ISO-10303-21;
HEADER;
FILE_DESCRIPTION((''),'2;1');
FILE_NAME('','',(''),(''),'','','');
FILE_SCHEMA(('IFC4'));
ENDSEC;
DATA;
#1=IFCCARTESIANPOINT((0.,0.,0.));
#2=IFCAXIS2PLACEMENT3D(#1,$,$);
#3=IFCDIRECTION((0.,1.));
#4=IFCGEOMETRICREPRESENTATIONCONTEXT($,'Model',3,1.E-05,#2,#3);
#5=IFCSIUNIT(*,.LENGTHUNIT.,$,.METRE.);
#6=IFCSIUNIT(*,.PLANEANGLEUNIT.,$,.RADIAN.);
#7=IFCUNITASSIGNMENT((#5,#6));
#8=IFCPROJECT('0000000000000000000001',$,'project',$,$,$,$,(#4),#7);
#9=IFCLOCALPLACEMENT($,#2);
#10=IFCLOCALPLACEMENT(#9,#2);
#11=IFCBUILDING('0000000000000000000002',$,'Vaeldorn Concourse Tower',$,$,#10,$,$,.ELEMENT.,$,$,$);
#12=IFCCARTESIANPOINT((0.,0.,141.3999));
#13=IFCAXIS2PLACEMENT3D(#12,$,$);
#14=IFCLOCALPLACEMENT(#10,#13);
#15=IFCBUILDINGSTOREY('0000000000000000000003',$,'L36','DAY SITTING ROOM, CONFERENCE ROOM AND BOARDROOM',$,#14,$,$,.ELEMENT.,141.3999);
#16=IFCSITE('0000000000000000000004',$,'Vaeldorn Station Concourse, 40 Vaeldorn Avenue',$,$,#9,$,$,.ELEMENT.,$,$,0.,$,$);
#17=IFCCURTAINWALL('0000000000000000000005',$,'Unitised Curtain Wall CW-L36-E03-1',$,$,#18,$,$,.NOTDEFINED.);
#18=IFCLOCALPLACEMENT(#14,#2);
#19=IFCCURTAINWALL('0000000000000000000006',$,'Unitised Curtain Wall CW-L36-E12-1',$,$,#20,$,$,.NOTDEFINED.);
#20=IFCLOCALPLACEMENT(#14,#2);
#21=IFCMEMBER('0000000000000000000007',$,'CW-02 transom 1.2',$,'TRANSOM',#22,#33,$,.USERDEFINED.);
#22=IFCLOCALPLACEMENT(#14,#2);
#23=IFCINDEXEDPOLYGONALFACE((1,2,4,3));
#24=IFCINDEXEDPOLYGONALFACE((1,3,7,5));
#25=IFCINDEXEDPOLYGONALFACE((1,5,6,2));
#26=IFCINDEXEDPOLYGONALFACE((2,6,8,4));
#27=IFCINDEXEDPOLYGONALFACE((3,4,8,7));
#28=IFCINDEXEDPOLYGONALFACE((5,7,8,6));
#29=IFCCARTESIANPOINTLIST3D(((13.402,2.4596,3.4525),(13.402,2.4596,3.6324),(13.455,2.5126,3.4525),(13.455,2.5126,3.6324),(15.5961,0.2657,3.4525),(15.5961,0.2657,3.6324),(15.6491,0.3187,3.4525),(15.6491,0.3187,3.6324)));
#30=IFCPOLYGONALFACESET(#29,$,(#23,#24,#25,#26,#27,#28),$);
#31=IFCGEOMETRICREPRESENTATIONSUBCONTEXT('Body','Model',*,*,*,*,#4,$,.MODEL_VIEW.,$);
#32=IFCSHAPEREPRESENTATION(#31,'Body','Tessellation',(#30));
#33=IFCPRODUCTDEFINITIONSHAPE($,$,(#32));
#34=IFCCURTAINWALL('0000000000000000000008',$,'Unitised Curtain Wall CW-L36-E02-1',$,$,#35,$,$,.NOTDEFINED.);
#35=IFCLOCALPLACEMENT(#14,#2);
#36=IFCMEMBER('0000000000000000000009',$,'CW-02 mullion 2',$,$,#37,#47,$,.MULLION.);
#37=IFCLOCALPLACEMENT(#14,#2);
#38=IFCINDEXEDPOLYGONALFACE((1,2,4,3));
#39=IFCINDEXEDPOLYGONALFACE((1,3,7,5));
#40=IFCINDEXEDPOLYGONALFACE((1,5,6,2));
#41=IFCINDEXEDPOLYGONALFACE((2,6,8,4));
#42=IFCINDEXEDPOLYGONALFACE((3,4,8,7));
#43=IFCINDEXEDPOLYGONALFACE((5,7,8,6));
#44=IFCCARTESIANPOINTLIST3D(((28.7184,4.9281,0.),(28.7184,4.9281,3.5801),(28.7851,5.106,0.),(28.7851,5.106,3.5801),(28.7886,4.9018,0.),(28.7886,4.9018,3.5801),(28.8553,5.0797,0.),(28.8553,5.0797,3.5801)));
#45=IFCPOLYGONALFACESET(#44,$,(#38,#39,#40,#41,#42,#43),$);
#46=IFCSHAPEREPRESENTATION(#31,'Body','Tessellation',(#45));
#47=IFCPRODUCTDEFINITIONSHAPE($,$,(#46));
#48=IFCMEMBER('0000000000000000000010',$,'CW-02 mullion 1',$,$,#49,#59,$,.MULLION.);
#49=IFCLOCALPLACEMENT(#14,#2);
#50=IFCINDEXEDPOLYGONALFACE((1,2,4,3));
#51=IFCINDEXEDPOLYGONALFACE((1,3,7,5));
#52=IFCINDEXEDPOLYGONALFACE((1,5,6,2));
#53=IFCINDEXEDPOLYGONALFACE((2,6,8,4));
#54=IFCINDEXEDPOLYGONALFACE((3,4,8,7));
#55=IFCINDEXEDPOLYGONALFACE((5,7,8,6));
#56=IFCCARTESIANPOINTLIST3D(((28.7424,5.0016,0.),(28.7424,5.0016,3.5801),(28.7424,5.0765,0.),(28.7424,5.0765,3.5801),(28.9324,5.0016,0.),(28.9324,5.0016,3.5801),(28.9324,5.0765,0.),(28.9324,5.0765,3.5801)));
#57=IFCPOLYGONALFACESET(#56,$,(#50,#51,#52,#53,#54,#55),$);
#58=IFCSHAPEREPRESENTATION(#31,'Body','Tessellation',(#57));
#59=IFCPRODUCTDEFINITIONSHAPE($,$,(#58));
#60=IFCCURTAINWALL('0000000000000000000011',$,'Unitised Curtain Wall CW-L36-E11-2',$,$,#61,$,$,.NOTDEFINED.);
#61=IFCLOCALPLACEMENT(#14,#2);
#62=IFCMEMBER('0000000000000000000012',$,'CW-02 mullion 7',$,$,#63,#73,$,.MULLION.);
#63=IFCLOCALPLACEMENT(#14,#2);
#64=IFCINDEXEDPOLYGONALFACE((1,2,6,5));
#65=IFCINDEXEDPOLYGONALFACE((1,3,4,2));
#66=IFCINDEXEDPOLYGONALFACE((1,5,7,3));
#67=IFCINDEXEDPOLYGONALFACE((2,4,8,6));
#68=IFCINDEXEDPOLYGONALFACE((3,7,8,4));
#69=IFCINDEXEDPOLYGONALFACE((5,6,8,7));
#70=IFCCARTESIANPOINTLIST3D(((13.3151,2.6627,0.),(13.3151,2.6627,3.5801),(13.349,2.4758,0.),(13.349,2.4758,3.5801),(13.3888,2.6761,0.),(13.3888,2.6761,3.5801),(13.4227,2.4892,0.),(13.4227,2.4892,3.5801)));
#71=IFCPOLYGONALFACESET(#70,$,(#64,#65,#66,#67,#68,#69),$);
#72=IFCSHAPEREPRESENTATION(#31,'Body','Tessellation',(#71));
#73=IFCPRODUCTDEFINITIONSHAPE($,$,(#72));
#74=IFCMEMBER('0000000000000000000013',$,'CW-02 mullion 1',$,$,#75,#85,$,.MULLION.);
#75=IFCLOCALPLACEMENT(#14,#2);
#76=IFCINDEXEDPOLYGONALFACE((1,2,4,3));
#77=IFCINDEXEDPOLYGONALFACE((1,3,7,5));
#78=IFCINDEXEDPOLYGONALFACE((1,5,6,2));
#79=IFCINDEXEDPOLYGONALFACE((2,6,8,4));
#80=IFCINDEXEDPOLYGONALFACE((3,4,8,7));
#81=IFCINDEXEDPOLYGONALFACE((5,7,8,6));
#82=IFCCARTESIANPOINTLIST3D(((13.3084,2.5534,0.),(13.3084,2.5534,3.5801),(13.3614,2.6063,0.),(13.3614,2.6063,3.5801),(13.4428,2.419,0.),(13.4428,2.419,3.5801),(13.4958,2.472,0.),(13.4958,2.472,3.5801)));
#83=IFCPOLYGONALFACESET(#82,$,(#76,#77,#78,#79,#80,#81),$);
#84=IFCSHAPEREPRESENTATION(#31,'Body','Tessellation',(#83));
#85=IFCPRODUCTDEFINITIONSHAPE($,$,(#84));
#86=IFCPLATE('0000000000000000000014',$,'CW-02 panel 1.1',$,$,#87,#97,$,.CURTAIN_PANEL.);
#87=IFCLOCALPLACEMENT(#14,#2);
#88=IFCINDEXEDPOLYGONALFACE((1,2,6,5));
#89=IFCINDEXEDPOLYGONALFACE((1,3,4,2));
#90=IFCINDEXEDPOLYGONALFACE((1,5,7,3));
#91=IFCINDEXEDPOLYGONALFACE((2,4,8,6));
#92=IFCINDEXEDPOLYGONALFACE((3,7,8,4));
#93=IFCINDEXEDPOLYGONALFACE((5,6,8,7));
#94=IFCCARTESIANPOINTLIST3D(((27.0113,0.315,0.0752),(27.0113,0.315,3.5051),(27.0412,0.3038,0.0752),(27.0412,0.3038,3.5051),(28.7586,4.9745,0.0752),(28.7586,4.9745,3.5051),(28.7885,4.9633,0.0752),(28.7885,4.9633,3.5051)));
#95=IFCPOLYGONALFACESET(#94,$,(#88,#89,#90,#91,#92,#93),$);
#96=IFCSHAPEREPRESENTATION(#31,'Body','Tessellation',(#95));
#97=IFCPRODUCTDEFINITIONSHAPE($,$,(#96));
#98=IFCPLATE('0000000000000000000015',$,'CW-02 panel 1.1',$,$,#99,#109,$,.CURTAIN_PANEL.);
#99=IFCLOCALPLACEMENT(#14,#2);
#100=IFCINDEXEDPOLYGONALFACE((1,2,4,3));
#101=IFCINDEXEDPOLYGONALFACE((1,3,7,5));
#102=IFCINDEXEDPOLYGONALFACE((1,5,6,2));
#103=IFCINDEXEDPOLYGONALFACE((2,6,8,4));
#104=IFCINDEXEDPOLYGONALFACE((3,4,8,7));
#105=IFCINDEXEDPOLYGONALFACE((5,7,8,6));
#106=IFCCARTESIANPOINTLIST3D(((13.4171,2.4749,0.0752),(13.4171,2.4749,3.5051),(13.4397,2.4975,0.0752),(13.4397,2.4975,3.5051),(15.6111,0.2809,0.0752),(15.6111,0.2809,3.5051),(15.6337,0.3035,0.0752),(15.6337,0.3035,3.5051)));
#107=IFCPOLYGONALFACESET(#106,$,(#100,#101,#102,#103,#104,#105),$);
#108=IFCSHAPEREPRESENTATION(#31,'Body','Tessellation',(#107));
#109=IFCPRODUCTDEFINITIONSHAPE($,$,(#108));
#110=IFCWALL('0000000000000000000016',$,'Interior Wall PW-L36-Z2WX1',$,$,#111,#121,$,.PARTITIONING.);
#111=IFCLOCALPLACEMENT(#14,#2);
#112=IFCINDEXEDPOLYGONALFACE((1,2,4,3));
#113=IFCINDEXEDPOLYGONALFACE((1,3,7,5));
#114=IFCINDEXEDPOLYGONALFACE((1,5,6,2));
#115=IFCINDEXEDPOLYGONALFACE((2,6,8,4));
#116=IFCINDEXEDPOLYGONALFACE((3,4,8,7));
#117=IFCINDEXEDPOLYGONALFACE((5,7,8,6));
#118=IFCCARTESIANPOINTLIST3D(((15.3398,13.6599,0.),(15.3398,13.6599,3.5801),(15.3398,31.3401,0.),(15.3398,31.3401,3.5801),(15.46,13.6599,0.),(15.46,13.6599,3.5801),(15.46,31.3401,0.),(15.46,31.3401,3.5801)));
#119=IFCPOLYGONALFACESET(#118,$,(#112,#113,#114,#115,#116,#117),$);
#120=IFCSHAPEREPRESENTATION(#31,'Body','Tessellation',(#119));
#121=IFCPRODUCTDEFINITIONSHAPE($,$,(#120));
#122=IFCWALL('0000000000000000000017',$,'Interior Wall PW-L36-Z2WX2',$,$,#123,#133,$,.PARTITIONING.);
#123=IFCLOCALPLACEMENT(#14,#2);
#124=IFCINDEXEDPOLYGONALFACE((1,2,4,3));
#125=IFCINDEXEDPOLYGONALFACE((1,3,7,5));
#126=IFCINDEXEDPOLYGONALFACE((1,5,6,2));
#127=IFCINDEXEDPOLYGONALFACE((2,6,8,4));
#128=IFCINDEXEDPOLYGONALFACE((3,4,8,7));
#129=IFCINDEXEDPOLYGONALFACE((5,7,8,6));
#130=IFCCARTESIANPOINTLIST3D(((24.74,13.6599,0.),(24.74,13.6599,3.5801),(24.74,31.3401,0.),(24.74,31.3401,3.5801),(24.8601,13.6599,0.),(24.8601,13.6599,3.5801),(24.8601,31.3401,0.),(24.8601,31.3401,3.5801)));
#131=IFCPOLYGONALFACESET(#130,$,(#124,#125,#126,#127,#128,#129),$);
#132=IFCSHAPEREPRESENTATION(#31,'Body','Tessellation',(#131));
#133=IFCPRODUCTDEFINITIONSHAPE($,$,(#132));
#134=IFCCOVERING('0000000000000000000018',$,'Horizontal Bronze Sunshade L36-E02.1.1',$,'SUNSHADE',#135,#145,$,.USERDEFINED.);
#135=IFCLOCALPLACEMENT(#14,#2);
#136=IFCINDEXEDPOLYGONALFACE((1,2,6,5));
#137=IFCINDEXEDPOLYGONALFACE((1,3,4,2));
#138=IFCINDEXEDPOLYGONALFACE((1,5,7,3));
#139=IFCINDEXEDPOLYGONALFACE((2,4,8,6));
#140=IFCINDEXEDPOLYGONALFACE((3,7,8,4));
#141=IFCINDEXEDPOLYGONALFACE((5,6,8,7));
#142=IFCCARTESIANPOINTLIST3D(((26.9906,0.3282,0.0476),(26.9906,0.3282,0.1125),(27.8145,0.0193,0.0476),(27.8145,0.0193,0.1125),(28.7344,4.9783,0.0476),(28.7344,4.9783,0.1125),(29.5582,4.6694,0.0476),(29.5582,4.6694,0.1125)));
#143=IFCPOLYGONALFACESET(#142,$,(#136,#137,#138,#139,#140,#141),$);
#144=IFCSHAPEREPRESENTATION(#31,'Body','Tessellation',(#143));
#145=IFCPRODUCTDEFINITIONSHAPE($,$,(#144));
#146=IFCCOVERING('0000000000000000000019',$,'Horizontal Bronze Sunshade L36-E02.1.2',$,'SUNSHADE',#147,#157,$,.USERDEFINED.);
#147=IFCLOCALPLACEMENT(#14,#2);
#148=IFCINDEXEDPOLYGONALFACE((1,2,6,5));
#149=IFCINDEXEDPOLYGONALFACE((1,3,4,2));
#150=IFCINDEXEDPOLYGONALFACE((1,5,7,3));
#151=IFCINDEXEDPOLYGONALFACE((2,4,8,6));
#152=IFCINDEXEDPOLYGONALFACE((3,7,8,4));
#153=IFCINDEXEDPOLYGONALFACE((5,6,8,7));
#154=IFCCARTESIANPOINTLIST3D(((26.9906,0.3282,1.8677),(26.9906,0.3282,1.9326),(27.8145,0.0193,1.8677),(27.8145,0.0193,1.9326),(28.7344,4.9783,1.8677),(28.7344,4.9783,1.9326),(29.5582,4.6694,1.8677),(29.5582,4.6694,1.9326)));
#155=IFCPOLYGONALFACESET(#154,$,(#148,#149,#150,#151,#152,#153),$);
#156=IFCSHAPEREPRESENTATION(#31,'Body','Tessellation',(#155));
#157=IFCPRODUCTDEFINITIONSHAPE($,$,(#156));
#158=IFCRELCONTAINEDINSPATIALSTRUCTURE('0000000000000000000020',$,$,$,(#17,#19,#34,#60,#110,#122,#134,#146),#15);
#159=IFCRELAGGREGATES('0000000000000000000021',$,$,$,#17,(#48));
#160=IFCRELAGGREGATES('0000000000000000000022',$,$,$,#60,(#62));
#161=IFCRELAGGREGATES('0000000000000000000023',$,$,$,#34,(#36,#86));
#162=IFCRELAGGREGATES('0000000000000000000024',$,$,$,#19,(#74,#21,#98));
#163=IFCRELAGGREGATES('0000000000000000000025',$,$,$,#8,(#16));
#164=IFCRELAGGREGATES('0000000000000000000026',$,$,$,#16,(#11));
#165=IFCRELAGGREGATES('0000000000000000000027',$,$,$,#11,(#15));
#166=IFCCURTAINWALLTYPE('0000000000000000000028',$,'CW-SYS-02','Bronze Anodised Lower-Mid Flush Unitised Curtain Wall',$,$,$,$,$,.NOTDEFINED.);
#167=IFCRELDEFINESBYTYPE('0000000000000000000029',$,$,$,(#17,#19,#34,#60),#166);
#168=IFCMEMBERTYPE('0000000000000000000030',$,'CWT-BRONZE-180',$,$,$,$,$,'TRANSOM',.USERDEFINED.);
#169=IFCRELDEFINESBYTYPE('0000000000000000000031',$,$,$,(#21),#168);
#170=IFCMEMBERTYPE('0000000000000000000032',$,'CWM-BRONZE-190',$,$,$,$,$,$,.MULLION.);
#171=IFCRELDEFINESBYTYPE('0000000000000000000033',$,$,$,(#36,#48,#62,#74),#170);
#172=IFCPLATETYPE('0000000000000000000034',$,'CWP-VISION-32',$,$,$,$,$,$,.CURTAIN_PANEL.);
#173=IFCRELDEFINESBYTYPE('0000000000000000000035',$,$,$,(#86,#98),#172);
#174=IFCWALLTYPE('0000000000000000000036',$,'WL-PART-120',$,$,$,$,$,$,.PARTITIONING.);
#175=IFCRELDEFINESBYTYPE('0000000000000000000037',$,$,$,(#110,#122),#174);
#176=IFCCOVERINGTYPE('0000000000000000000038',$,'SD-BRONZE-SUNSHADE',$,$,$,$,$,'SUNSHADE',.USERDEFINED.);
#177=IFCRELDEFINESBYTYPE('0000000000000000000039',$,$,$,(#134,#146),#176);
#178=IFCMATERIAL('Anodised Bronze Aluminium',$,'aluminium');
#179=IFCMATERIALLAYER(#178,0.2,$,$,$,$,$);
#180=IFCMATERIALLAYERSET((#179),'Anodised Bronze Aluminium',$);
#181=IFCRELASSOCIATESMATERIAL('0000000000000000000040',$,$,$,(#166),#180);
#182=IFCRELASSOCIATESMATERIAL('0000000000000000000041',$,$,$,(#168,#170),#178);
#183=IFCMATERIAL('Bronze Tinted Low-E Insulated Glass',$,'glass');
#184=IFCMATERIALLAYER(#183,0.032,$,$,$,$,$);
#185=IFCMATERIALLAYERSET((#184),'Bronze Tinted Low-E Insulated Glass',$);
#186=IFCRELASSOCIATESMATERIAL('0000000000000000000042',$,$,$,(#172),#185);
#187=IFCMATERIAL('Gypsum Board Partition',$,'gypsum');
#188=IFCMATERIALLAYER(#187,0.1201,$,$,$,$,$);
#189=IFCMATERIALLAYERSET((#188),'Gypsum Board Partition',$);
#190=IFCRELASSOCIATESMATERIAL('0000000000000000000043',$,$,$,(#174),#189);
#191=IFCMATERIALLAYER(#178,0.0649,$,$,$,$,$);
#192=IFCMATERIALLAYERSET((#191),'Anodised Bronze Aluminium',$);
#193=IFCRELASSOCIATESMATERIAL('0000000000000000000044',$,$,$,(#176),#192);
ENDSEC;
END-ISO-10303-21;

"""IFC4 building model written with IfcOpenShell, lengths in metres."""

from ifc_helpers import new_model, si_unit, direction, frame, frame_2d, origin, origin_2d, place, context, subcontext, project, spatial, rectangle, extrude, source, transform, mapped, material, layer, layer_set, material_profile, profile_set, type_object, element, aggregate, save


model = new_model("IFC4")

# Units and contexts
model_context = context("Model", 3, precision=1e-05, world=origin(), true_north=direction((0.0, 1.0)))
body_context = subcontext(model_context, "Body", "Model", "MODEL_VIEW")
ifc_project = project(units=[si_unit("LENGTHUNIT", "METRE"), si_unit("PLANEANGLEUNIT", "RADIAN")], contexts=[model_context])

# Site, building, storey
site_placement = place(None, origin())
site = spatial("IfcSite", under=ifc_project, at=site_placement, Name="Vaeldorn Station Concourse, 40 Vaeldorn Avenue", CompositionType="ELEMENT", RefElevation=0.0)
building_placement = place(site_placement, origin())
building = spatial("IfcBuilding", under=site, at=building_placement, Name="Vaeldorn Concourse Tower", CompositionType="ELEMENT")
storey_placement = place(building_placement, frame((0.0, 0.0, 141.3999)))
storey = spatial("IfcBuildingStorey", under=building, at=storey_placement, Name="L36", Description="DAY SITTING ROOM, CONFERENCE ROOM AND BOARDROOM", CompositionType="ELEMENT", Elevation=141.3999)

# Curtain walls, member
ifc_material_1 = material(Name="Anodised Bronze Aluminium", Category="aluminium")
ifc_layer_1 = layer(ifc_material_1, 0.2)
ifc_layer_set_1 = layer_set([ifc_layer_1], Name="Anodised Bronze Aluminium")
curtain_wall_type = type_object("IfcCurtainWallType", Name="CW-SYS-02", Description="Bronze Anodised Lower-Mid Flush Unitised Curtain Wall", PredefinedType="NOTDEFINED", material=ifc_layer_set_1)
curtain_wall_1_placement = place(storey_placement, origin())
curtain_wall_1 = element("IfcCurtainWall", 1, at=curtain_wall_1_placement, inside=storey, type_object=curtain_wall_type, Name="Unitised Curtain Wall CW-L36-E03-1", PredefinedType="NOTDEFINED")
ifc_material_profile_1 = material_profile(ifc_material_1, rectangle(XDim=0.075, YDim=0.1799, at=origin_2d()), Name="CWT 75x180")
ifc_profile_set_1 = profile_set([ifc_material_profile_1], Name="Anodised Bronze Aluminium")
member_type_1 = type_object("IfcMemberType", Name="CWT-BRONZE-180", ElementType="TRANSOM", PredefinedType="USERDEFINED", material=ifc_profile_set_1)
curtain_wall_2_placement = place(storey_placement, origin())
curtain_wall_2 = element("IfcCurtainWall", 2, at=curtain_wall_2_placement, inside=storey, type_object=curtain_wall_type, Name="Unitised Curtain Wall CW-L36-E12-1", PredefinedType="NOTDEFINED")
shared_shape_1 = source(origin(), body_context, "Body", "SweptSolid", [
    extrude(rectangle(XDim=0.075, YDim=0.1799, at=origin_2d()), origin(), (0.0, 0.0, 1.0), 3.1028),
])
member_1_placement = place(storey_placement, frame((13.4285, 2.4861, 3.5425), z_axis=(0.707146, -0.707067, 0.0), x_axis=(0.707067, 0.707146, 0.0)))
member_1 = element("IfcMember", 3, at=member_1_placement, type_object=member_type_1, Name="CW-02 transom 1.2", ObjectType="TRANSOM", PredefinedType="USERDEFINED", context=body_context, shape_type="MappedRepresentation", body=[
    mapped(shared_shape_1, transform((0.0, 0.0, 0.0), scale=1.0)),
])

# Curtain wall, member
curtain_wall_3_placement = place(storey_placement, origin())
curtain_wall_3 = element("IfcCurtainWall", 4, at=curtain_wall_3_placement, inside=storey, type_object=curtain_wall_type, Name="Unitised Curtain Wall CW-L36-E02-1", PredefinedType="NOTDEFINED")
ifc_material_profile_2 = material_profile(ifc_material_1, rectangle(XDim=0.075, YDim=0.1899, at=origin_2d()), Name="CWM 75x190")
ifc_profile_set_2 = profile_set([ifc_material_profile_2], Name="Anodised Bronze Aluminium")
member_type_2 = type_object("IfcMemberType", Name="CWM-BRONZE-190", PredefinedType="MULLION", material=ifc_profile_set_2)
shared_shape_2 = source(origin(), body_context, "Body", "SweptSolid", [
    extrude(rectangle(XDim=0.075, YDim=0.1899, at=origin_2d()), origin(), (0.0, 0.0, 1.0), 3.5801),
])
member_2_placement = place(storey_placement, frame((28.7869, 5.0039, 0.0), z_axis=(0.0, 0.0, 1.0), x_axis=(-0.936329, 0.351123, 0.0)))
member_2 = element("IfcMember", 5, at=member_2_placement, type_object=member_type_2, Name="CW-02 mullion 2", PredefinedType="MULLION", context=body_context, shape_type="MappedRepresentation", body=[
    mapped(shared_shape_2, transform((0.0, 0.0, 0.0), scale=1.0)),
])

# Member
member_3_placement = place(storey_placement, frame((28.8374, 5.0391, 0.0), z_axis=(0.0, 0.0, 1.0), x_axis=(0.0, 1.0, 0.0)))
member_3 = element("IfcMember", 6, at=member_3_placement, type_object=member_type_2, Name="CW-02 mullion 1", PredefinedType="MULLION", context=body_context, shape_type="MappedRepresentation", body=[
    mapped(shared_shape_2, transform((0.0, 0.0, 0.0), scale=1.0)),
])
aggregate(curtain_wall_1, [member_3])

# Curtain wall, member
curtain_wall_4_placement = place(storey_placement, origin())
curtain_wall_4 = element("IfcCurtainWall", 7, at=curtain_wall_4_placement, inside=storey, type_object=curtain_wall_type, Name="Unitised Curtain Wall CW-L36-E11-2", PredefinedType="NOTDEFINED")
member_4_placement = place(storey_placement, frame((13.3689, 2.5759, 0.0), z_axis=(0.0, 0.0, 1.0), x_axis=(0.983935, 0.178526, 0.0)))
member_4 = element("IfcMember", 8, at=member_4_placement, type_object=member_type_2, Name="CW-02 mullion 7", PredefinedType="MULLION", context=body_context, shape_type="MappedRepresentation", body=[
    mapped(shared_shape_2, transform((0.0, 0.0, 0.0), scale=1.0)),
])
aggregate(curtain_wall_4, [member_4])

# Member
member_5_placement = place(storey_placement, frame((13.4021, 2.5127, 0.0), z_axis=(0.0, 0.0, 1.0), x_axis=(0.707107, 0.707107, 0.0)))
member_5 = element("IfcMember", 9, at=member_5_placement, type_object=member_type_2, Name="CW-02 mullion 1", PredefinedType="MULLION", context=body_context, shape_type="MappedRepresentation", body=[
    mapped(shared_shape_2, transform((0.0, 0.0, 0.0), scale=1.0)),
])

# Plates
ifc_material_2 = material(Name="Bronze Tinted Low-E Insulated Glass", Category="glass")
ifc_layer_2 = layer(ifc_material_2, 0.032)
ifc_layer_set_2 = layer_set([ifc_layer_2], Name="Bronze Tinted Low-E Insulated Glass")
plate_type = type_object("IfcPlateType", Name="CWP-VISION-32", PredefinedType="CURTAIN_PANEL", material=ifc_layer_set_2)
shared_shape_3 = source(origin(), body_context, "Body", "SweptSolid", [
    extrude(rectangle(XDim=4.9763, YDim=0.032, at=origin_2d()), origin(), (0.0, 0.0, 1.0), 3.4299),
])
plate_1_placement = place(storey_placement, frame((27.8999, 2.6392, 0.0752), z_axis=(0.0, 0.0, 1.0), x_axis=(0.351123, 0.936329, 0.0)))
plate_1 = element("IfcPlate", 10, at=plate_1_placement, type_object=plate_type, Name="CW-02 panel 1.1", PredefinedType="CURTAIN_PANEL", context=body_context, shape_type="MappedRepresentation", body=[
    mapped(shared_shape_3, transform((0.0, 0.0, 0.0), scale=1.0)),
])
aggregate(curtain_wall_3, [member_2, plate_1])
shared_shape_4 = source(origin(), body_context, "Body", "SweptSolid", [
    extrude(rectangle(XDim=3.1028, YDim=0.032, at=origin_2d()), origin(), (0.0, 0.0, 1.0), 3.4299),
])
plate_2_placement = place(storey_placement, frame((14.5254, 1.3892, 0.0752), z_axis=(0.0, 0.0, 1.0), x_axis=(0.707107, -0.707107, 0.0)))
plate_2 = element("IfcPlate", 11, at=plate_2_placement, type_object=plate_type, Name="CW-02 panel 1.1", PredefinedType="CURTAIN_PANEL", context=body_context, shape_type="MappedRepresentation", body=[
    mapped(shared_shape_4, transform((0.0, 0.0, 0.0), scale=1.0)),
])
aggregate(curtain_wall_2, [member_5, member_1, plate_2])

# Walls
ifc_material_3 = material(Name="Gypsum Board Partition", Category="gypsum")
ifc_layer_3 = layer(ifc_material_3, 0.1201)
ifc_layer_set_3 = layer_set([ifc_layer_3], Name="Gypsum Board Partition")
wall_type = type_object("IfcWallType", Name="WL-PART-120", PredefinedType="PARTITIONING", material=ifc_layer_set_3)
for number, where, z_axis, x_axis, name in (
    (12, (15.3999, 13.6599, 0.0), (0.0, 0.0, 1.0), (0.0, 1.0, 0.0), "Interior Wall PW-L36-Z2WX1"),
    (13, (24.8, 13.6599, 0.0), (0.0, 0.0, 1.0), (0.0, 1.0, 0.0), "Interior Wall PW-L36-Z2WX2"),
):
    element("IfcWall", number, at=place(storey_placement, frame(where, z_axis=z_axis, x_axis=x_axis)), inside=storey, type_object=wall_type, Name=name, PredefinedType="PARTITIONING", context=body_context, shape_type="SweptSolid", body=[
        extrude(rectangle(XDim=17.6802, YDim=0.1201, at=frame_2d((8.8401, 0.0))), origin(), (0.0, 0.0, 1.0), 3.5801),
    ])

# Coverings
ifc_layer_4 = layer(ifc_material_1, 0.0649)
ifc_layer_set_4 = layer_set([ifc_layer_4], Name="Anodised Bronze Aluminium")
covering_type = type_object("IfcCoveringType", Name="SD-BRONZE-SUNSHADE", ElementType="SUNSHADE", PredefinedType="USERDEFINED", material=ifc_layer_set_4)
shared_shape_5 = source(origin(), body_context, "Body", "SweptSolid", [
    extrude(rectangle(XDim=4.9663, YDim=0.8799, at=origin_2d()), origin(), (0.0, 0.0, 1.0), 0.0649),
])
for number, where, z_axis, x_axis, name in (
    (14, (28.2744, 2.4988, 0.0476), (0.0, 0.0, 1.0), (0.351123, 0.936329, 0.0), "Horizontal Bronze Sunshade L36-E02.1.1"),
    (15, (28.2744, 2.4988, 1.8677), (0.0, 0.0, 1.0), (0.351123, 0.936329, 0.0), "Horizontal Bronze Sunshade L36-E02.1.2"),
):
    element("IfcCovering", number, at=place(storey_placement, frame(where, z_axis=z_axis, x_axis=x_axis)), inside=storey, type_object=covering_type, Name=name, ObjectType="SUNSHADE", PredefinedType="USERDEFINED", context=body_context, shape_type="MappedRepresentation", body=[
        mapped(shared_shape_5, transform((0.0, 0.0, 0.0), scale=1.0)),
    ])

save(model, "model.ifc")
